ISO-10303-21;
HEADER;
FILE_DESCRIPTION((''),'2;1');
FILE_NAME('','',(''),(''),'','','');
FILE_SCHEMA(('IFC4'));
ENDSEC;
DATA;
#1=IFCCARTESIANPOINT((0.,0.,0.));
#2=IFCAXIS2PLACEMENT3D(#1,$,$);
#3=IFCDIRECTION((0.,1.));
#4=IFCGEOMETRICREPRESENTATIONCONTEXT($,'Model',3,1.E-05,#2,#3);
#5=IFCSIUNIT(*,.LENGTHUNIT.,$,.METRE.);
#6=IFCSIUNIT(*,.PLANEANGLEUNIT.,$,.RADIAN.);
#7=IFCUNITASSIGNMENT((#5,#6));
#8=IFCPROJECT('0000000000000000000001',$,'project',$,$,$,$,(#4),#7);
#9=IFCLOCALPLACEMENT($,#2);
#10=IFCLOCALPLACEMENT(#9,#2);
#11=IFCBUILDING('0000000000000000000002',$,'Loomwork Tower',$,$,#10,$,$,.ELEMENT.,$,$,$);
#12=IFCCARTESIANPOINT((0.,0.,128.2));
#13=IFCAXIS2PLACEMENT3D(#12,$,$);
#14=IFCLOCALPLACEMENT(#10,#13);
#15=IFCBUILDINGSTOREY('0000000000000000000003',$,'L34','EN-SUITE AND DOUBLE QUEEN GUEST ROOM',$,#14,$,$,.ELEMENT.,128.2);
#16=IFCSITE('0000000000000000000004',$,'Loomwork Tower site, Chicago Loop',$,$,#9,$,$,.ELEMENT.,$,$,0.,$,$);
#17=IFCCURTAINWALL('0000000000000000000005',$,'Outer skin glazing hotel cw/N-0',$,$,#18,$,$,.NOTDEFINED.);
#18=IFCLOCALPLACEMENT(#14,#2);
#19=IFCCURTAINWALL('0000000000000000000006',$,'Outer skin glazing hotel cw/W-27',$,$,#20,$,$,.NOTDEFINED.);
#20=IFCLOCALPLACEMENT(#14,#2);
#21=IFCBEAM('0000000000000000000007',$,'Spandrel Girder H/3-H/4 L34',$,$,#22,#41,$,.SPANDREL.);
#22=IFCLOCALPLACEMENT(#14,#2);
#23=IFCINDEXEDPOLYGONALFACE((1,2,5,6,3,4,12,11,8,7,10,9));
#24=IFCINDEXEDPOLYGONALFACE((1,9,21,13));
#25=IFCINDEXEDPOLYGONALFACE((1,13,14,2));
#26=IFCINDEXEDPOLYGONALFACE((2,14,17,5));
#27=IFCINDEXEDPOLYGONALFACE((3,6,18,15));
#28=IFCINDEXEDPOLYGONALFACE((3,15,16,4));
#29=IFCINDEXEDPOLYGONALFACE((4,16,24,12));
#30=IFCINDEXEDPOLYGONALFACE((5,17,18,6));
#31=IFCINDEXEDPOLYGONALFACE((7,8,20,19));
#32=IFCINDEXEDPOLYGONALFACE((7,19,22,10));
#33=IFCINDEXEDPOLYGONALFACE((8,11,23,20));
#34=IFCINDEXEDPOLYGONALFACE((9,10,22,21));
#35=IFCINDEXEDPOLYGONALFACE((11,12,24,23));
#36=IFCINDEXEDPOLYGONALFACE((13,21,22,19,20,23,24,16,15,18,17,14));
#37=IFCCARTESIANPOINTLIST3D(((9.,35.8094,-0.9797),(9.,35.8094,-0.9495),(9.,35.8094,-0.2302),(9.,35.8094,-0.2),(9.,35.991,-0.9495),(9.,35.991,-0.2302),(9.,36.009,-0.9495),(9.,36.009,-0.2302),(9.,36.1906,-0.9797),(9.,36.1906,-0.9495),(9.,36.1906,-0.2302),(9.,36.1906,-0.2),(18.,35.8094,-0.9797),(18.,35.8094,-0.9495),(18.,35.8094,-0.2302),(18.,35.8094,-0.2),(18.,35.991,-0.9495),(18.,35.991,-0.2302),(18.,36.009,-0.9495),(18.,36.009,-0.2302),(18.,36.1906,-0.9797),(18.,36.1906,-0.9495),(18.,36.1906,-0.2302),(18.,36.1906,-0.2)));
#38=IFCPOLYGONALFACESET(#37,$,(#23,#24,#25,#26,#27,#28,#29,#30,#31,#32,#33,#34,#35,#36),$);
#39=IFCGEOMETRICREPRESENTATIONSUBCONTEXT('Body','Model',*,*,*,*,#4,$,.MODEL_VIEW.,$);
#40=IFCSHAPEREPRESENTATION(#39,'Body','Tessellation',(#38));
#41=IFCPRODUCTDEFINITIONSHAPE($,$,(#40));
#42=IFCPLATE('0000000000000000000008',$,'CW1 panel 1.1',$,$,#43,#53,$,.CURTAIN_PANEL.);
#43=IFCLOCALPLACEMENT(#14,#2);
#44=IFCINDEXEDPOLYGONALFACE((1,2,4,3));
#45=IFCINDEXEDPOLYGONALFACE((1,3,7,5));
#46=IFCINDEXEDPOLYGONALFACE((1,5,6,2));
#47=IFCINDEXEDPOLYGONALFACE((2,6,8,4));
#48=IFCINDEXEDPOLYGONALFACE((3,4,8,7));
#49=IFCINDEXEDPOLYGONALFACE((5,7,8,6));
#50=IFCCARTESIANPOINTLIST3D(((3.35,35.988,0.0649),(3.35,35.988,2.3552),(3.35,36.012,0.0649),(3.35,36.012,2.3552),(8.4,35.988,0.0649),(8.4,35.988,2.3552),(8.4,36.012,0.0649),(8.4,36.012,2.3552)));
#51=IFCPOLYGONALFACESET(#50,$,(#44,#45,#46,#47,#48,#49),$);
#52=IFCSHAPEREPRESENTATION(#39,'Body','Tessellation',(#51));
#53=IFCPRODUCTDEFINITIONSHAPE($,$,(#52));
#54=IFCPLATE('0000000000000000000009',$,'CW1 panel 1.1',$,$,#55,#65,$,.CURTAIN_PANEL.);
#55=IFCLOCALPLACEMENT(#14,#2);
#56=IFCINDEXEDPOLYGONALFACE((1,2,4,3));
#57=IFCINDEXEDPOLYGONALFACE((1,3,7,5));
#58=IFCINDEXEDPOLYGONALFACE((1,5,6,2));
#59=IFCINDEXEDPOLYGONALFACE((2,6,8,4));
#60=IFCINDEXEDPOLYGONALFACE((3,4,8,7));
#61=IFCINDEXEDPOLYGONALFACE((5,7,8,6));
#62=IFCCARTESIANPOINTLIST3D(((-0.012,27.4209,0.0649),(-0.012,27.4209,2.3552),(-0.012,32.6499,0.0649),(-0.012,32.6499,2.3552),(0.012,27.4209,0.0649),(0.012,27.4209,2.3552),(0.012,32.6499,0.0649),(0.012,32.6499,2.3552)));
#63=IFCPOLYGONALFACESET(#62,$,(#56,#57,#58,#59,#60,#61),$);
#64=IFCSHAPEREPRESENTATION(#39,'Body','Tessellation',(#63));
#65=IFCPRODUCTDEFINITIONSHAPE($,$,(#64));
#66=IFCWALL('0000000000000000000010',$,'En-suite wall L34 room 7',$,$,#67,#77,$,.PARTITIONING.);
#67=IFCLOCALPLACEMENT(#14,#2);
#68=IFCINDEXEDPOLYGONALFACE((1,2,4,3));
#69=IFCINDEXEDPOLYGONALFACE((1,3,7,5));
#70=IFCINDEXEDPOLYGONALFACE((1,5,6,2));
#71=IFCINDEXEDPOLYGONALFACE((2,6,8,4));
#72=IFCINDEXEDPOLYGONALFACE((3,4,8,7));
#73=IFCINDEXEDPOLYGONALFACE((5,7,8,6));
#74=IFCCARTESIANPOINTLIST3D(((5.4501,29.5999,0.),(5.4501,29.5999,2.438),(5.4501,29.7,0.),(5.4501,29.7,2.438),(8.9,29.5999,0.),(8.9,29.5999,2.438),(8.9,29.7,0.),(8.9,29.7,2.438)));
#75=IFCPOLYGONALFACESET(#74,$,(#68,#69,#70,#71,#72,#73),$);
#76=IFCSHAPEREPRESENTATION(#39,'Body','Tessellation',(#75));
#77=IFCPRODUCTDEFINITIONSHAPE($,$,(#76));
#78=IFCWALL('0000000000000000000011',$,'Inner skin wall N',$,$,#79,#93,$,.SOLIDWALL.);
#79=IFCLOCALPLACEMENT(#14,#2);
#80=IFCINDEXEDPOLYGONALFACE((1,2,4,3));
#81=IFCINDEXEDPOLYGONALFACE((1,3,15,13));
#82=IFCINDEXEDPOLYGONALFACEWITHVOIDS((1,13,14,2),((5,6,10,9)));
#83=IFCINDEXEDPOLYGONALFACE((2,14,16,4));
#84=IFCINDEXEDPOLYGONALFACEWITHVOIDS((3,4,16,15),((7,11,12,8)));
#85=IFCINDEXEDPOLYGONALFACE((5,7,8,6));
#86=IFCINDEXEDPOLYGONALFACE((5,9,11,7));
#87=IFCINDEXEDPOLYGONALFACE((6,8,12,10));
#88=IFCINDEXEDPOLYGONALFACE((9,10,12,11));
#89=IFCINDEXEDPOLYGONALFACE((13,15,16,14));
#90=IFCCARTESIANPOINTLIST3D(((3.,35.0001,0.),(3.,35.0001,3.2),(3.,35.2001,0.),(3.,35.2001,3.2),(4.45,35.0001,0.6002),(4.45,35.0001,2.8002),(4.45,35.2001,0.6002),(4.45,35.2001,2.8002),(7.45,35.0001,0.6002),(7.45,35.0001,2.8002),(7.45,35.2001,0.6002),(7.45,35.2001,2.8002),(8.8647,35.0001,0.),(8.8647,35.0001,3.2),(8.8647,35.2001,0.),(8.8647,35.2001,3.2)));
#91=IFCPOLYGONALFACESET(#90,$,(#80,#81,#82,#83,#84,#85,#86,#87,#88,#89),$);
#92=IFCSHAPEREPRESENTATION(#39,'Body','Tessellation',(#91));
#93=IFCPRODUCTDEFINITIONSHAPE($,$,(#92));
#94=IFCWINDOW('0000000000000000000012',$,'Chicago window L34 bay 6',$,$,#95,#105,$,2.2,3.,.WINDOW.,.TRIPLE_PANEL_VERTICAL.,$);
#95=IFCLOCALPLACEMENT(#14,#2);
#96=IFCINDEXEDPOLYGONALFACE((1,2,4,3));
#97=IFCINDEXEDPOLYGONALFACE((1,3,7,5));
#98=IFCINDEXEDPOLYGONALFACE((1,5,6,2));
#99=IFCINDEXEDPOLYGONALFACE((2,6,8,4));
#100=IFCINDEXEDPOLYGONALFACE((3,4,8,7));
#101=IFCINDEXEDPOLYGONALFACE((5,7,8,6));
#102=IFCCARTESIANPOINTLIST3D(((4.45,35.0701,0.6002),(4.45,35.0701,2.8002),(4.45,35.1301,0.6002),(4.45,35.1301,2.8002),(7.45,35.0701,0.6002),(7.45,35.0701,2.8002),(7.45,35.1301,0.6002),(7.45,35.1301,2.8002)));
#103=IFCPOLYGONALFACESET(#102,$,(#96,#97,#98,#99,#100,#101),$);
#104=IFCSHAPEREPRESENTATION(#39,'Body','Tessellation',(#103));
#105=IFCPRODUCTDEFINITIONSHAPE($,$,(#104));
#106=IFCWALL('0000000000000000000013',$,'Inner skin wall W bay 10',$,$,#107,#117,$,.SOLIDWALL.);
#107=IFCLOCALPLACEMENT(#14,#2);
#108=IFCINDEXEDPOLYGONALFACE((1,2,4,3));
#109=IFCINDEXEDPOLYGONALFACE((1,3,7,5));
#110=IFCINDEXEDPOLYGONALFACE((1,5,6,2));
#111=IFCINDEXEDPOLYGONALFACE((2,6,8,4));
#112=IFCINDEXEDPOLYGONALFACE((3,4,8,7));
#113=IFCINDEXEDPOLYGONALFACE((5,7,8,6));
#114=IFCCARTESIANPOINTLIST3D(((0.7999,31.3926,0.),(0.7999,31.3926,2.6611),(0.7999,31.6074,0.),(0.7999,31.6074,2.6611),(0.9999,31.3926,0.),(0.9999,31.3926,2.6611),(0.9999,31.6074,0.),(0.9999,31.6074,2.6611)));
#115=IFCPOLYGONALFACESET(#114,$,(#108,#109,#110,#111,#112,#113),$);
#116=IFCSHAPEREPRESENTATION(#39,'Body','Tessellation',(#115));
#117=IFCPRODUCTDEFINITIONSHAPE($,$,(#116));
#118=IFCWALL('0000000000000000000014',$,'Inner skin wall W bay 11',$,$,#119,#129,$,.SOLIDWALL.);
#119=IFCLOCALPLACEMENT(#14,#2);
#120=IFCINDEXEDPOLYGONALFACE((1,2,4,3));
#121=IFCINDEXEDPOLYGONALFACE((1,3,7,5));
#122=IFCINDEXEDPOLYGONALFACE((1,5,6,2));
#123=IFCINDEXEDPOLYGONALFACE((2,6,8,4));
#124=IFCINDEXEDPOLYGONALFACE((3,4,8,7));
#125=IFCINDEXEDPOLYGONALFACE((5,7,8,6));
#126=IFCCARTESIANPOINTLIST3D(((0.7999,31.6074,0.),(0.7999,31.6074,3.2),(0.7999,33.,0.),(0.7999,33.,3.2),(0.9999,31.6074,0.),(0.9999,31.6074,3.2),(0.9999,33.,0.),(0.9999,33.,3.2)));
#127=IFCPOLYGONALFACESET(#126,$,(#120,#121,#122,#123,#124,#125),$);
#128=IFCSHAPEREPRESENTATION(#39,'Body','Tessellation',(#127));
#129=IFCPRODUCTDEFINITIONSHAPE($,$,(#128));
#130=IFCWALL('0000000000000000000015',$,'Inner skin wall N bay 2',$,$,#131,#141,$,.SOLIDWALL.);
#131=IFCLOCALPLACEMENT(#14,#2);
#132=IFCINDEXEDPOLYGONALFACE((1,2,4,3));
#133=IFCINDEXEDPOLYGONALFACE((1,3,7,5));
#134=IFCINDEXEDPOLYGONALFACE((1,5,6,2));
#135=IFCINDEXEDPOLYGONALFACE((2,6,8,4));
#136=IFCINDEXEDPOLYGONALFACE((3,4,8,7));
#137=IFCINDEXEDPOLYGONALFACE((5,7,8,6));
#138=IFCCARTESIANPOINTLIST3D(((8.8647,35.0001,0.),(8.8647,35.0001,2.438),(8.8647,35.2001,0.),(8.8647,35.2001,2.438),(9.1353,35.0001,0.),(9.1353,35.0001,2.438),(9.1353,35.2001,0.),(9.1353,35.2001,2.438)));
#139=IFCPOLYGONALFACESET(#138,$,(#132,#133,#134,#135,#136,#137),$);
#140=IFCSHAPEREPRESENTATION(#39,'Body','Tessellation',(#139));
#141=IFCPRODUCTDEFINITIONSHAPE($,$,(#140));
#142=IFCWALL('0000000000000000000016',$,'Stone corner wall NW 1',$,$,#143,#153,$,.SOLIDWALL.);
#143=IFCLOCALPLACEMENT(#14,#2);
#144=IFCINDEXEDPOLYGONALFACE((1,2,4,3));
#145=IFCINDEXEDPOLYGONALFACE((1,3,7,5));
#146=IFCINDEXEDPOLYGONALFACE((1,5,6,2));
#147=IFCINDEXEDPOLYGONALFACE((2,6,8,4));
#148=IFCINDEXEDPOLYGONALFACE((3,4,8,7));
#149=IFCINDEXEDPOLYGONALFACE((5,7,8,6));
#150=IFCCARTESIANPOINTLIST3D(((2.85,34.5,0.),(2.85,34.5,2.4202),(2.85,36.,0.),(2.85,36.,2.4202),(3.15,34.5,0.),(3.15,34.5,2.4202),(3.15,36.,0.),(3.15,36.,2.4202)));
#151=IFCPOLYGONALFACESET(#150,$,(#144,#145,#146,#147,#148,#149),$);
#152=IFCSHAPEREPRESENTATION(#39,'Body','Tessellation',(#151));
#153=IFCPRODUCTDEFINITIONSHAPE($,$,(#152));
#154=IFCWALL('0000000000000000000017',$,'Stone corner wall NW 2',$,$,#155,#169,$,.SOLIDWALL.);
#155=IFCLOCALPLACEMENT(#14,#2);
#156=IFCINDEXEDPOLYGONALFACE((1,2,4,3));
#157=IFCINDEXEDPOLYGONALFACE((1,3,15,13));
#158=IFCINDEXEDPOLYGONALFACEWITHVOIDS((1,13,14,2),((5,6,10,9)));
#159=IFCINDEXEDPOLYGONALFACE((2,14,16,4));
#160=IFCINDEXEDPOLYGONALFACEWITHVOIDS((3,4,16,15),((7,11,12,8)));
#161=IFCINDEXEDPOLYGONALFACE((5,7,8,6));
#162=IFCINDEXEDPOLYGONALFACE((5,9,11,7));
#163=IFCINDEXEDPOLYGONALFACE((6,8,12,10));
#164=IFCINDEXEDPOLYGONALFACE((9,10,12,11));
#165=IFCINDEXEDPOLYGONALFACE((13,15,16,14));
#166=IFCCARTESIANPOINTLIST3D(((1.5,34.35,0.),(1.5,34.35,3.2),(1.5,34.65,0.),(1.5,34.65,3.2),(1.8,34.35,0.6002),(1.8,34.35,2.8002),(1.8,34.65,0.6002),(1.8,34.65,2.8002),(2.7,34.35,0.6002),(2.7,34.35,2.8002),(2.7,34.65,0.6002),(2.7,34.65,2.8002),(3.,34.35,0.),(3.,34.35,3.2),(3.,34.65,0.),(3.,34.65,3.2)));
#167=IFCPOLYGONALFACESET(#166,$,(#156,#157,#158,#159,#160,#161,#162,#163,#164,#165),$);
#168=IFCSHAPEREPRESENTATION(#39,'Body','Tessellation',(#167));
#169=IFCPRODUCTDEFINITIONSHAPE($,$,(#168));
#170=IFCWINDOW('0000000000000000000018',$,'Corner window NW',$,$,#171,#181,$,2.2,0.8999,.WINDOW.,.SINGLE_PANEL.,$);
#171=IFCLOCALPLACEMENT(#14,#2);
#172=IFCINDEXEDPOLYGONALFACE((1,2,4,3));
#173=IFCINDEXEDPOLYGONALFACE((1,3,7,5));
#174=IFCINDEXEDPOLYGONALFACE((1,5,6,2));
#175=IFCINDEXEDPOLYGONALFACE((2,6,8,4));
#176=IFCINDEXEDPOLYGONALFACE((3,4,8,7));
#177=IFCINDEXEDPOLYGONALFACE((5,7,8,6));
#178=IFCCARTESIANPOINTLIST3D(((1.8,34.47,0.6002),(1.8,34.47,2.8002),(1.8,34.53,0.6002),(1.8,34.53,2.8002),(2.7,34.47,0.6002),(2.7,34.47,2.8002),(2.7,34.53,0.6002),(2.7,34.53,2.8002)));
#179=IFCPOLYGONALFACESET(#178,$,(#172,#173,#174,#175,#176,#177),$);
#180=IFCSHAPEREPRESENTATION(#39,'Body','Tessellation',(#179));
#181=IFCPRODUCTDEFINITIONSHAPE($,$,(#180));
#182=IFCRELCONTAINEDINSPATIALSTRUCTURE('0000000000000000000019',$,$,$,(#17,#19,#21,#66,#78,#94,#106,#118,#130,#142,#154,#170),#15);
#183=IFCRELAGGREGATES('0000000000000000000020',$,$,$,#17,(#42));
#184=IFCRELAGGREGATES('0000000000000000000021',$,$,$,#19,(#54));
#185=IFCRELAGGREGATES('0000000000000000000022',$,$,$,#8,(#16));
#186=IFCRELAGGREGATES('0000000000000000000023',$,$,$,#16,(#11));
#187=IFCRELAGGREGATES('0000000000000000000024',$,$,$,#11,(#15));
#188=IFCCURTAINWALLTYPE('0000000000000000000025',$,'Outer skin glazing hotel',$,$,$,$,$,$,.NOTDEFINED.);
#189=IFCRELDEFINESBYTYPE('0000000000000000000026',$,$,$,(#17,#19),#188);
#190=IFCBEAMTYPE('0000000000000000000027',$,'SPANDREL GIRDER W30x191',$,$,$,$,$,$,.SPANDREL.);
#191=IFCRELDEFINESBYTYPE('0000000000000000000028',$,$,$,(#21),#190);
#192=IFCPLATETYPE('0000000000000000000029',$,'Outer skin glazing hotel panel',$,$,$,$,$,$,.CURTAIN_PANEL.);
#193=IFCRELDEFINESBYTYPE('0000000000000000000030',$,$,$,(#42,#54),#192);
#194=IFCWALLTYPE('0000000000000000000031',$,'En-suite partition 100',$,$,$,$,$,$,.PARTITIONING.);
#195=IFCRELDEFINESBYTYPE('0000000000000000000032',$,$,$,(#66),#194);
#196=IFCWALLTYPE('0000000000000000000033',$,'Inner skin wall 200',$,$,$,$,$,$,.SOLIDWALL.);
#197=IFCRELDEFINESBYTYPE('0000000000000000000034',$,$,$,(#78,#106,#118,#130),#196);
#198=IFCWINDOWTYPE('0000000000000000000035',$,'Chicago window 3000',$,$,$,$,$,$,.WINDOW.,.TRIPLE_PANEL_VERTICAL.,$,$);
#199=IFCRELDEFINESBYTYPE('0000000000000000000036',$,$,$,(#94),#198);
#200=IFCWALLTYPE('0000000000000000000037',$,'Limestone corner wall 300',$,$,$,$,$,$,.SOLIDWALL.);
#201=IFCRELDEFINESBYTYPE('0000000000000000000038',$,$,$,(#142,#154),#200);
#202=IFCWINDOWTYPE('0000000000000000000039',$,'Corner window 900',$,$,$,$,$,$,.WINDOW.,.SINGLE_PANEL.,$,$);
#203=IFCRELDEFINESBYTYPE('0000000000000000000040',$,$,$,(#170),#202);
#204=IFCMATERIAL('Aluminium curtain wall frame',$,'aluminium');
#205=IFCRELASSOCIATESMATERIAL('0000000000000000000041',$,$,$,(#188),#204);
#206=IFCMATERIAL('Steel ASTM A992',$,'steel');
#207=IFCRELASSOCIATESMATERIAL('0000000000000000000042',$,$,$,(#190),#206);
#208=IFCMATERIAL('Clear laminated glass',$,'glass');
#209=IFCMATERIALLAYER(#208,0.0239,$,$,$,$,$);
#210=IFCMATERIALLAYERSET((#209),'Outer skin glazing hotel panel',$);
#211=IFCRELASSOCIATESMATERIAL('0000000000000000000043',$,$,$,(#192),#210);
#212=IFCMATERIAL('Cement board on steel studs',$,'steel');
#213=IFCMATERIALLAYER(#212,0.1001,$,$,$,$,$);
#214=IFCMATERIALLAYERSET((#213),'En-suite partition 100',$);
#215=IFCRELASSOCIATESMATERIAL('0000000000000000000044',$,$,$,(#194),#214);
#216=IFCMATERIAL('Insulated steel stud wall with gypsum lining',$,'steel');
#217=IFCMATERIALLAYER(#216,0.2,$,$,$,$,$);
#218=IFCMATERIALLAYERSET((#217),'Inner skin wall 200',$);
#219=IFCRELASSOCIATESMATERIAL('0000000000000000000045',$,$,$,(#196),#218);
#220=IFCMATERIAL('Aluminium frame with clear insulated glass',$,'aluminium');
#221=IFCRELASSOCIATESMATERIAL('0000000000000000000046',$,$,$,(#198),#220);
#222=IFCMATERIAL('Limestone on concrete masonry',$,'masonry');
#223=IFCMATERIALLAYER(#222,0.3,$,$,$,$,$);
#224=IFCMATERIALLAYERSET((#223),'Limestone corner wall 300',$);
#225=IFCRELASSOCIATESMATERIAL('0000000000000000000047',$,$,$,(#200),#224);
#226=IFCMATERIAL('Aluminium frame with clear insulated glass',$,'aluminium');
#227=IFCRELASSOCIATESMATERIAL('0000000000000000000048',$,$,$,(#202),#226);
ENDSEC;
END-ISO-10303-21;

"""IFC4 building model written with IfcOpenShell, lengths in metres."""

from ifc_helpers import new_model, si_unit, direction, frame, frame_2d, origin, origin_2d, place, context, subcontext, project, spatial, rectangle, i_section, extrude, material, layer, layer_set, material_profile, profile_set, type_object, element, fill, aggregate, save


model = new_model("IFC4")

# Units and contexts
model_context = context("Model", 3, precision=1e-05, world=origin(), true_north=direction((0.0, 1.0)))
body_context = subcontext(model_context, "Body", "Model", "MODEL_VIEW")
ifc_project = project(units=[si_unit("LENGTHUNIT", "METRE"), si_unit("PLANEANGLEUNIT", "RADIAN")], contexts=[model_context])

# Site, building, storey
site_placement = place(None, origin())
site = spatial("IfcSite", under=ifc_project, at=site_placement, Name="Loomwork Tower site, Chicago Loop", CompositionType="ELEMENT", RefElevation=0.0)
building_placement = place(site_placement, origin())
building = spatial("IfcBuilding", under=site, at=building_placement, Name="Loomwork Tower", CompositionType="ELEMENT")
storey_placement = place(building_placement, frame((0.0, 0.0, 128.2)))
storey = spatial("IfcBuildingStorey", under=building, at=storey_placement, Name="L34", Description="EN-SUITE AND DOUBLE QUEEN GUEST ROOM", CompositionType="ELEMENT", Elevation=128.2)

# Curtain wall
ifc_material_1 = material(Name="Aluminium curtain wall frame", Category="aluminium")
curtain_wall_type = type_object("IfcCurtainWallType", Name="Outer skin glazing hotel", PredefinedType="NOTDEFINED", material=ifc_material_1)
curtain_wall_1_placement = place(storey_placement, origin())
curtain_wall_1 = element("IfcCurtainWall", 1, at=curtain_wall_1_placement, inside=storey, type_object=curtain_wall_type, Name="Outer skin glazing hotel cw/N-0", PredefinedType="NOTDEFINED")

# Curtain wall
curtain_wall_2_placement = place(storey_placement, origin())
curtain_wall_2 = element("IfcCurtainWall", 2, at=curtain_wall_2_placement, inside=storey, type_object=curtain_wall_type, Name="Outer skin glazing hotel cw/W-27", PredefinedType="NOTDEFINED")

# Beam
ifc_material_2 = material(Name="Steel ASTM A992", Category="steel")
ifc_material_profile_1 = material_profile(ifc_material_2, i_section(OverallWidth=0.3811, OverallDepth=0.7798, WebThickness=0.0181, FlangeThickness=0.0303, at=origin_2d()), Name="W30x191")
ifc_profile_set_1 = profile_set([ifc_material_profile_1], Name="Steel ASTM A992")
beam_type_1 = type_object("IfcBeamType", Name="SPANDREL GIRDER W30x191", PredefinedType="SPANDREL", material=ifc_profile_set_1)
for number, where, z_axis, x_axis, name in (
    (3, (9.0, 36.0, -0.5898), (1.0, 0.0, 0.0), (0.0, 1.0, 0.0), "Spandrel Girder H/3-H/4 L34"),
):
    element("IfcBeam", number, at=place(storey_placement, frame(where, z_axis=z_axis, x_axis=x_axis)), inside=storey, type_object=beam_type_1, Name=name, PredefinedType="SPANDREL", context=body_context, shape_type="SweptSolid", body=[
        extrude(i_section(OverallWidth=0.3811, OverallDepth=0.7798, WebThickness=0.0181, FlangeThickness=0.0303, at=origin_2d()), origin(), (0.0, 0.0, 1.0), 9.0),
    ])

# Plates
ifc_material_3 = material(Name="Clear laminated glass", Category="glass")
ifc_layer_1 = layer(ifc_material_3, 0.0239)
ifc_layer_set_1 = layer_set([ifc_layer_1], Name="Outer skin glazing hotel panel")
plate_type = type_object("IfcPlateType", Name="Outer skin glazing hotel panel", PredefinedType="CURTAIN_PANEL", material=ifc_layer_set_1)
plate_1_placement = place(storey_placement, frame((5.875, 36.0, 0.0649), z_axis=(0.0, 0.0, 1.0), x_axis=(-1.0, 0.0, 0.0)))
plate_1 = element("IfcPlate", 4, at=plate_1_placement, type_object=plate_type, Name="CW1 panel 1.1", PredefinedType="CURTAIN_PANEL", context=body_context, shape_type="SweptSolid", body=[
    extrude(rectangle(XDim=5.05, YDim=0.0239, at=origin_2d()), origin(), (0.0, 0.0, 1.0), 2.2903),
])
aggregate(curtain_wall_1, [plate_1])
plate_2_placement = place(storey_placement, frame((0.0, 30.0354, 0.0649), z_axis=(0.0, 0.0, 1.0), x_axis=(0.0, -1.0, 0.0)))
plate_2 = element("IfcPlate", 5, at=plate_2_placement, type_object=plate_type, Name="CW1 panel 1.1", PredefinedType="CURTAIN_PANEL", context=body_context, shape_type="SweptSolid", body=[
    extrude(rectangle(XDim=5.229, YDim=0.0239, at=origin_2d()), origin(), (0.0, 0.0, 1.0), 2.2903),
])
aggregate(curtain_wall_2, [plate_2])

# Wall
ifc_material_4 = material(Name="Cement board on steel studs", Category="steel")
ifc_layer_2 = layer(ifc_material_4, 0.1001)
ifc_layer_set_2 = layer_set([ifc_layer_2], Name="En-suite partition 100")
wall_type_1 = type_object("IfcWallType", Name="En-suite partition 100", PredefinedType="PARTITIONING", material=ifc_layer_set_2)
wall_1_placement = place(storey_placement, frame((5.45, 29.6499, 0.0), z_axis=(0.0, 0.0, 1.0), x_axis=(1.0, 0.0, 0.0)))
element("IfcWall", 6, at=wall_1_placement, inside=storey, type_object=wall_type_1, Name="En-suite wall L34 room 7", PredefinedType="PARTITIONING", context=body_context, shape_type="SweptSolid", body=[
    extrude(rectangle(XDim=3.45, YDim=0.1001, at=frame_2d((1.7251, 0.0))), origin(), (0.0, 0.0, 1.0), 2.438),
])

# Wall, opening, window
ifc_material_5 = material(Name="Insulated steel stud wall with gypsum lining", Category="steel")
ifc_layer_3 = layer(ifc_material_5, 0.2)
ifc_layer_set_3 = layer_set([ifc_layer_3], Name="Inner skin wall 200")
wall_type_2 = type_object("IfcWallType", Name="Inner skin wall 200", PredefinedType="SOLIDWALL", material=ifc_layer_set_3)
wall_2_placement = place(storey_placement, frame((3.0, 35.1001, 0.0), z_axis=(0.0, 0.0, 1.0), x_axis=(1.0, 0.0, 0.0)))
wall_2 = element("IfcWall", 7, at=wall_2_placement, inside=storey, type_object=wall_type_2, Name="Inner skin wall N", PredefinedType="SOLIDWALL", context=body_context, shape_type="SweptSolid", body=[
    extrude(rectangle(XDim=5.8647, YDim=0.2, at=frame_2d((2.9324, 0.0))), origin(), (0.0, 0.0, 1.0), 3.2),
])
opening_1_placement = place(wall_2_placement, frame((1.45, 0.0, 0.6001)))
opening_1 = element("IfcOpeningElement", 8, at=opening_1_placement, cuts=wall_2, PredefinedType="OPENING", context=body_context, shape_type="SweptSolid", body=[
    extrude(rectangle(XDim=3.0, YDim=2.2, at=frame_2d((1.5, 1.1001))), frame((0.0, 0.1099, 0.0), z_axis=(0.0, -1.0, 0.0), x_axis=(1.0, 0.0, 0.0)), (0.0, 0.0, 1.0), 0.22),
])
ifc_material_6 = material(Name="Aluminium frame with clear insulated glass", Category="aluminium")
window_type_1 = type_object("IfcWindowType", Name="Chicago window 3000", PartitioningType="TRIPLE_PANEL_VERTICAL", PredefinedType="WINDOW", material=ifc_material_6)
window_1_placement = place(opening_1_placement, origin())
window_1 = element("IfcWindow", 9, at=window_1_placement, inside=storey, type_object=window_type_1, Name="Chicago window L34 bay 6", OverallHeight=2.2, OverallWidth=3.0, PartitioningType="TRIPLE_PANEL_VERTICAL", PredefinedType="WINDOW", context=body_context, shape_type="SweptSolid", body=[
    extrude(rectangle(XDim=3.0, YDim=2.2, at=frame_2d((1.5, 1.1001))), frame((0.0, 0.03, 0.0), z_axis=(0.0, -1.0, 0.0), x_axis=(1.0, 0.0, 0.0)), (0.0, 0.0, 1.0), 0.0601),
])
fill(opening_1, window_1)

# Walls
wall_3_placement = place(storey_placement, frame((0.8999, 31.3926, 0.0), z_axis=(0.0, 0.0, 1.0), x_axis=(0.0, 1.0, 0.0)))
element("IfcWall", 10, at=wall_3_placement, inside=storey, type_object=wall_type_2, Name="Inner skin wall W bay 10", PredefinedType="SOLIDWALL", context=body_context, shape_type="SweptSolid", body=[
    extrude(rectangle(XDim=0.2148, YDim=0.2, at=frame_2d((0.1074, 0.0))), origin(), (0.0, 0.0, 1.0), 2.6611),
])
wall_4_placement = place(storey_placement, frame((0.8999, 31.6074, 0.0), z_axis=(0.0, 0.0, 1.0), x_axis=(0.0, 1.0, 0.0)))
element("IfcWall", 11, at=wall_4_placement, inside=storey, type_object=wall_type_2, Name="Inner skin wall W bay 11", PredefinedType="SOLIDWALL", context=body_context, shape_type="SweptSolid", body=[
    extrude(rectangle(XDim=1.3926, YDim=0.2, at=frame_2d((0.6963, 0.0))), origin(), (0.0, 0.0, 1.0), 3.2),
])
wall_5_placement = place(storey_placement, frame((8.8647, 35.1001, 0.0), z_axis=(0.0, 0.0, 1.0), x_axis=(1.0, 0.0, 0.0)))
element("IfcWall", 12, at=wall_5_placement, inside=storey, type_object=wall_type_2, Name="Inner skin wall N bay 2", PredefinedType="SOLIDWALL", context=body_context, shape_type="SweptSolid", body=[
    extrude(rectangle(XDim=0.2705, YDim=0.2, at=frame_2d((0.1353, 0.0))), origin(), (0.0, 0.0, 1.0), 2.438),
])
ifc_material_7 = material(Name="Limestone on concrete masonry", Category="masonry")
ifc_layer_4 = layer(ifc_material_7, 0.3)
ifc_layer_set_4 = layer_set([ifc_layer_4], Name="Limestone corner wall 300")
wall_type_3 = type_object("IfcWallType", Name="Limestone corner wall 300", PredefinedType="SOLIDWALL", material=ifc_layer_set_4)
wall_6_placement = place(storey_placement, frame((3.0, 36.0, 0.0), z_axis=(0.0, 0.0, 1.0), x_axis=(0.0, -1.0, 0.0)))
element("IfcWall", 13, at=wall_6_placement, inside=storey, type_object=wall_type_3, Name="Stone corner wall NW 1", PredefinedType="SOLIDWALL", context=body_context, shape_type="SweptSolid", body=[
    extrude(rectangle(XDim=1.5, YDim=0.3, at=frame_2d((0.75, 0.0))), origin(), (0.0, 0.0, 1.0), 2.4202),
])

# Wall, opening, window
wall_7_placement = place(storey_placement, frame((3.0, 34.5, 0.0), z_axis=(0.0, 0.0, 1.0), x_axis=(-1.0, 0.0, 0.0)))
wall_7 = element("IfcWall", 14, at=wall_7_placement, inside=storey, type_object=wall_type_3, Name="Stone corner wall NW 2", PredefinedType="SOLIDWALL", context=body_context, shape_type="SweptSolid", body=[
    extrude(rectangle(XDim=1.5, YDim=0.3, at=frame_2d((0.75, 0.0))), origin(), (0.0, 0.0, 1.0), 3.2),
])
opening_2_placement = place(wall_7_placement, frame((0.3, 0.0, 0.6001)))
opening_2 = element("IfcOpeningElement", 15, at=opening_2_placement, cuts=wall_7, PredefinedType="OPENING", context=body_context, shape_type="SweptSolid", body=[
    extrude(rectangle(XDim=0.8999, YDim=2.2, at=frame_2d((0.45, 1.1001))), frame((0.0, 0.1599, 0.0), z_axis=(0.0, -1.0, 0.0), x_axis=(1.0, 0.0, 0.0)), (0.0, 0.0, 1.0), 0.3201),
])
ifc_material_8 = material(Name="Aluminium frame with clear insulated glass", Category="aluminium")
window_type_2 = type_object("IfcWindowType", Name="Corner window 900", PartitioningType="SINGLE_PANEL", PredefinedType="WINDOW", material=ifc_material_8)
window_2_placement = place(opening_2_placement, origin())
window_2 = element("IfcWindow", 16, at=window_2_placement, inside=storey, type_object=window_type_2, Name="Corner window NW", OverallHeight=2.2, OverallWidth=0.8999, PartitioningType="SINGLE_PANEL", PredefinedType="WINDOW", context=body_context, shape_type="SweptSolid", body=[
    extrude(rectangle(XDim=0.8999, YDim=2.2, at=frame_2d((0.45, 1.1001))), frame((0.0, 0.03, 0.0), z_axis=(0.0, -1.0, 0.0), x_axis=(1.0, 0.0, 0.0)), (0.0, 0.0, 1.0), 0.0601),
])
fill(opening_2, window_2)

save(model, "model.ifc")
